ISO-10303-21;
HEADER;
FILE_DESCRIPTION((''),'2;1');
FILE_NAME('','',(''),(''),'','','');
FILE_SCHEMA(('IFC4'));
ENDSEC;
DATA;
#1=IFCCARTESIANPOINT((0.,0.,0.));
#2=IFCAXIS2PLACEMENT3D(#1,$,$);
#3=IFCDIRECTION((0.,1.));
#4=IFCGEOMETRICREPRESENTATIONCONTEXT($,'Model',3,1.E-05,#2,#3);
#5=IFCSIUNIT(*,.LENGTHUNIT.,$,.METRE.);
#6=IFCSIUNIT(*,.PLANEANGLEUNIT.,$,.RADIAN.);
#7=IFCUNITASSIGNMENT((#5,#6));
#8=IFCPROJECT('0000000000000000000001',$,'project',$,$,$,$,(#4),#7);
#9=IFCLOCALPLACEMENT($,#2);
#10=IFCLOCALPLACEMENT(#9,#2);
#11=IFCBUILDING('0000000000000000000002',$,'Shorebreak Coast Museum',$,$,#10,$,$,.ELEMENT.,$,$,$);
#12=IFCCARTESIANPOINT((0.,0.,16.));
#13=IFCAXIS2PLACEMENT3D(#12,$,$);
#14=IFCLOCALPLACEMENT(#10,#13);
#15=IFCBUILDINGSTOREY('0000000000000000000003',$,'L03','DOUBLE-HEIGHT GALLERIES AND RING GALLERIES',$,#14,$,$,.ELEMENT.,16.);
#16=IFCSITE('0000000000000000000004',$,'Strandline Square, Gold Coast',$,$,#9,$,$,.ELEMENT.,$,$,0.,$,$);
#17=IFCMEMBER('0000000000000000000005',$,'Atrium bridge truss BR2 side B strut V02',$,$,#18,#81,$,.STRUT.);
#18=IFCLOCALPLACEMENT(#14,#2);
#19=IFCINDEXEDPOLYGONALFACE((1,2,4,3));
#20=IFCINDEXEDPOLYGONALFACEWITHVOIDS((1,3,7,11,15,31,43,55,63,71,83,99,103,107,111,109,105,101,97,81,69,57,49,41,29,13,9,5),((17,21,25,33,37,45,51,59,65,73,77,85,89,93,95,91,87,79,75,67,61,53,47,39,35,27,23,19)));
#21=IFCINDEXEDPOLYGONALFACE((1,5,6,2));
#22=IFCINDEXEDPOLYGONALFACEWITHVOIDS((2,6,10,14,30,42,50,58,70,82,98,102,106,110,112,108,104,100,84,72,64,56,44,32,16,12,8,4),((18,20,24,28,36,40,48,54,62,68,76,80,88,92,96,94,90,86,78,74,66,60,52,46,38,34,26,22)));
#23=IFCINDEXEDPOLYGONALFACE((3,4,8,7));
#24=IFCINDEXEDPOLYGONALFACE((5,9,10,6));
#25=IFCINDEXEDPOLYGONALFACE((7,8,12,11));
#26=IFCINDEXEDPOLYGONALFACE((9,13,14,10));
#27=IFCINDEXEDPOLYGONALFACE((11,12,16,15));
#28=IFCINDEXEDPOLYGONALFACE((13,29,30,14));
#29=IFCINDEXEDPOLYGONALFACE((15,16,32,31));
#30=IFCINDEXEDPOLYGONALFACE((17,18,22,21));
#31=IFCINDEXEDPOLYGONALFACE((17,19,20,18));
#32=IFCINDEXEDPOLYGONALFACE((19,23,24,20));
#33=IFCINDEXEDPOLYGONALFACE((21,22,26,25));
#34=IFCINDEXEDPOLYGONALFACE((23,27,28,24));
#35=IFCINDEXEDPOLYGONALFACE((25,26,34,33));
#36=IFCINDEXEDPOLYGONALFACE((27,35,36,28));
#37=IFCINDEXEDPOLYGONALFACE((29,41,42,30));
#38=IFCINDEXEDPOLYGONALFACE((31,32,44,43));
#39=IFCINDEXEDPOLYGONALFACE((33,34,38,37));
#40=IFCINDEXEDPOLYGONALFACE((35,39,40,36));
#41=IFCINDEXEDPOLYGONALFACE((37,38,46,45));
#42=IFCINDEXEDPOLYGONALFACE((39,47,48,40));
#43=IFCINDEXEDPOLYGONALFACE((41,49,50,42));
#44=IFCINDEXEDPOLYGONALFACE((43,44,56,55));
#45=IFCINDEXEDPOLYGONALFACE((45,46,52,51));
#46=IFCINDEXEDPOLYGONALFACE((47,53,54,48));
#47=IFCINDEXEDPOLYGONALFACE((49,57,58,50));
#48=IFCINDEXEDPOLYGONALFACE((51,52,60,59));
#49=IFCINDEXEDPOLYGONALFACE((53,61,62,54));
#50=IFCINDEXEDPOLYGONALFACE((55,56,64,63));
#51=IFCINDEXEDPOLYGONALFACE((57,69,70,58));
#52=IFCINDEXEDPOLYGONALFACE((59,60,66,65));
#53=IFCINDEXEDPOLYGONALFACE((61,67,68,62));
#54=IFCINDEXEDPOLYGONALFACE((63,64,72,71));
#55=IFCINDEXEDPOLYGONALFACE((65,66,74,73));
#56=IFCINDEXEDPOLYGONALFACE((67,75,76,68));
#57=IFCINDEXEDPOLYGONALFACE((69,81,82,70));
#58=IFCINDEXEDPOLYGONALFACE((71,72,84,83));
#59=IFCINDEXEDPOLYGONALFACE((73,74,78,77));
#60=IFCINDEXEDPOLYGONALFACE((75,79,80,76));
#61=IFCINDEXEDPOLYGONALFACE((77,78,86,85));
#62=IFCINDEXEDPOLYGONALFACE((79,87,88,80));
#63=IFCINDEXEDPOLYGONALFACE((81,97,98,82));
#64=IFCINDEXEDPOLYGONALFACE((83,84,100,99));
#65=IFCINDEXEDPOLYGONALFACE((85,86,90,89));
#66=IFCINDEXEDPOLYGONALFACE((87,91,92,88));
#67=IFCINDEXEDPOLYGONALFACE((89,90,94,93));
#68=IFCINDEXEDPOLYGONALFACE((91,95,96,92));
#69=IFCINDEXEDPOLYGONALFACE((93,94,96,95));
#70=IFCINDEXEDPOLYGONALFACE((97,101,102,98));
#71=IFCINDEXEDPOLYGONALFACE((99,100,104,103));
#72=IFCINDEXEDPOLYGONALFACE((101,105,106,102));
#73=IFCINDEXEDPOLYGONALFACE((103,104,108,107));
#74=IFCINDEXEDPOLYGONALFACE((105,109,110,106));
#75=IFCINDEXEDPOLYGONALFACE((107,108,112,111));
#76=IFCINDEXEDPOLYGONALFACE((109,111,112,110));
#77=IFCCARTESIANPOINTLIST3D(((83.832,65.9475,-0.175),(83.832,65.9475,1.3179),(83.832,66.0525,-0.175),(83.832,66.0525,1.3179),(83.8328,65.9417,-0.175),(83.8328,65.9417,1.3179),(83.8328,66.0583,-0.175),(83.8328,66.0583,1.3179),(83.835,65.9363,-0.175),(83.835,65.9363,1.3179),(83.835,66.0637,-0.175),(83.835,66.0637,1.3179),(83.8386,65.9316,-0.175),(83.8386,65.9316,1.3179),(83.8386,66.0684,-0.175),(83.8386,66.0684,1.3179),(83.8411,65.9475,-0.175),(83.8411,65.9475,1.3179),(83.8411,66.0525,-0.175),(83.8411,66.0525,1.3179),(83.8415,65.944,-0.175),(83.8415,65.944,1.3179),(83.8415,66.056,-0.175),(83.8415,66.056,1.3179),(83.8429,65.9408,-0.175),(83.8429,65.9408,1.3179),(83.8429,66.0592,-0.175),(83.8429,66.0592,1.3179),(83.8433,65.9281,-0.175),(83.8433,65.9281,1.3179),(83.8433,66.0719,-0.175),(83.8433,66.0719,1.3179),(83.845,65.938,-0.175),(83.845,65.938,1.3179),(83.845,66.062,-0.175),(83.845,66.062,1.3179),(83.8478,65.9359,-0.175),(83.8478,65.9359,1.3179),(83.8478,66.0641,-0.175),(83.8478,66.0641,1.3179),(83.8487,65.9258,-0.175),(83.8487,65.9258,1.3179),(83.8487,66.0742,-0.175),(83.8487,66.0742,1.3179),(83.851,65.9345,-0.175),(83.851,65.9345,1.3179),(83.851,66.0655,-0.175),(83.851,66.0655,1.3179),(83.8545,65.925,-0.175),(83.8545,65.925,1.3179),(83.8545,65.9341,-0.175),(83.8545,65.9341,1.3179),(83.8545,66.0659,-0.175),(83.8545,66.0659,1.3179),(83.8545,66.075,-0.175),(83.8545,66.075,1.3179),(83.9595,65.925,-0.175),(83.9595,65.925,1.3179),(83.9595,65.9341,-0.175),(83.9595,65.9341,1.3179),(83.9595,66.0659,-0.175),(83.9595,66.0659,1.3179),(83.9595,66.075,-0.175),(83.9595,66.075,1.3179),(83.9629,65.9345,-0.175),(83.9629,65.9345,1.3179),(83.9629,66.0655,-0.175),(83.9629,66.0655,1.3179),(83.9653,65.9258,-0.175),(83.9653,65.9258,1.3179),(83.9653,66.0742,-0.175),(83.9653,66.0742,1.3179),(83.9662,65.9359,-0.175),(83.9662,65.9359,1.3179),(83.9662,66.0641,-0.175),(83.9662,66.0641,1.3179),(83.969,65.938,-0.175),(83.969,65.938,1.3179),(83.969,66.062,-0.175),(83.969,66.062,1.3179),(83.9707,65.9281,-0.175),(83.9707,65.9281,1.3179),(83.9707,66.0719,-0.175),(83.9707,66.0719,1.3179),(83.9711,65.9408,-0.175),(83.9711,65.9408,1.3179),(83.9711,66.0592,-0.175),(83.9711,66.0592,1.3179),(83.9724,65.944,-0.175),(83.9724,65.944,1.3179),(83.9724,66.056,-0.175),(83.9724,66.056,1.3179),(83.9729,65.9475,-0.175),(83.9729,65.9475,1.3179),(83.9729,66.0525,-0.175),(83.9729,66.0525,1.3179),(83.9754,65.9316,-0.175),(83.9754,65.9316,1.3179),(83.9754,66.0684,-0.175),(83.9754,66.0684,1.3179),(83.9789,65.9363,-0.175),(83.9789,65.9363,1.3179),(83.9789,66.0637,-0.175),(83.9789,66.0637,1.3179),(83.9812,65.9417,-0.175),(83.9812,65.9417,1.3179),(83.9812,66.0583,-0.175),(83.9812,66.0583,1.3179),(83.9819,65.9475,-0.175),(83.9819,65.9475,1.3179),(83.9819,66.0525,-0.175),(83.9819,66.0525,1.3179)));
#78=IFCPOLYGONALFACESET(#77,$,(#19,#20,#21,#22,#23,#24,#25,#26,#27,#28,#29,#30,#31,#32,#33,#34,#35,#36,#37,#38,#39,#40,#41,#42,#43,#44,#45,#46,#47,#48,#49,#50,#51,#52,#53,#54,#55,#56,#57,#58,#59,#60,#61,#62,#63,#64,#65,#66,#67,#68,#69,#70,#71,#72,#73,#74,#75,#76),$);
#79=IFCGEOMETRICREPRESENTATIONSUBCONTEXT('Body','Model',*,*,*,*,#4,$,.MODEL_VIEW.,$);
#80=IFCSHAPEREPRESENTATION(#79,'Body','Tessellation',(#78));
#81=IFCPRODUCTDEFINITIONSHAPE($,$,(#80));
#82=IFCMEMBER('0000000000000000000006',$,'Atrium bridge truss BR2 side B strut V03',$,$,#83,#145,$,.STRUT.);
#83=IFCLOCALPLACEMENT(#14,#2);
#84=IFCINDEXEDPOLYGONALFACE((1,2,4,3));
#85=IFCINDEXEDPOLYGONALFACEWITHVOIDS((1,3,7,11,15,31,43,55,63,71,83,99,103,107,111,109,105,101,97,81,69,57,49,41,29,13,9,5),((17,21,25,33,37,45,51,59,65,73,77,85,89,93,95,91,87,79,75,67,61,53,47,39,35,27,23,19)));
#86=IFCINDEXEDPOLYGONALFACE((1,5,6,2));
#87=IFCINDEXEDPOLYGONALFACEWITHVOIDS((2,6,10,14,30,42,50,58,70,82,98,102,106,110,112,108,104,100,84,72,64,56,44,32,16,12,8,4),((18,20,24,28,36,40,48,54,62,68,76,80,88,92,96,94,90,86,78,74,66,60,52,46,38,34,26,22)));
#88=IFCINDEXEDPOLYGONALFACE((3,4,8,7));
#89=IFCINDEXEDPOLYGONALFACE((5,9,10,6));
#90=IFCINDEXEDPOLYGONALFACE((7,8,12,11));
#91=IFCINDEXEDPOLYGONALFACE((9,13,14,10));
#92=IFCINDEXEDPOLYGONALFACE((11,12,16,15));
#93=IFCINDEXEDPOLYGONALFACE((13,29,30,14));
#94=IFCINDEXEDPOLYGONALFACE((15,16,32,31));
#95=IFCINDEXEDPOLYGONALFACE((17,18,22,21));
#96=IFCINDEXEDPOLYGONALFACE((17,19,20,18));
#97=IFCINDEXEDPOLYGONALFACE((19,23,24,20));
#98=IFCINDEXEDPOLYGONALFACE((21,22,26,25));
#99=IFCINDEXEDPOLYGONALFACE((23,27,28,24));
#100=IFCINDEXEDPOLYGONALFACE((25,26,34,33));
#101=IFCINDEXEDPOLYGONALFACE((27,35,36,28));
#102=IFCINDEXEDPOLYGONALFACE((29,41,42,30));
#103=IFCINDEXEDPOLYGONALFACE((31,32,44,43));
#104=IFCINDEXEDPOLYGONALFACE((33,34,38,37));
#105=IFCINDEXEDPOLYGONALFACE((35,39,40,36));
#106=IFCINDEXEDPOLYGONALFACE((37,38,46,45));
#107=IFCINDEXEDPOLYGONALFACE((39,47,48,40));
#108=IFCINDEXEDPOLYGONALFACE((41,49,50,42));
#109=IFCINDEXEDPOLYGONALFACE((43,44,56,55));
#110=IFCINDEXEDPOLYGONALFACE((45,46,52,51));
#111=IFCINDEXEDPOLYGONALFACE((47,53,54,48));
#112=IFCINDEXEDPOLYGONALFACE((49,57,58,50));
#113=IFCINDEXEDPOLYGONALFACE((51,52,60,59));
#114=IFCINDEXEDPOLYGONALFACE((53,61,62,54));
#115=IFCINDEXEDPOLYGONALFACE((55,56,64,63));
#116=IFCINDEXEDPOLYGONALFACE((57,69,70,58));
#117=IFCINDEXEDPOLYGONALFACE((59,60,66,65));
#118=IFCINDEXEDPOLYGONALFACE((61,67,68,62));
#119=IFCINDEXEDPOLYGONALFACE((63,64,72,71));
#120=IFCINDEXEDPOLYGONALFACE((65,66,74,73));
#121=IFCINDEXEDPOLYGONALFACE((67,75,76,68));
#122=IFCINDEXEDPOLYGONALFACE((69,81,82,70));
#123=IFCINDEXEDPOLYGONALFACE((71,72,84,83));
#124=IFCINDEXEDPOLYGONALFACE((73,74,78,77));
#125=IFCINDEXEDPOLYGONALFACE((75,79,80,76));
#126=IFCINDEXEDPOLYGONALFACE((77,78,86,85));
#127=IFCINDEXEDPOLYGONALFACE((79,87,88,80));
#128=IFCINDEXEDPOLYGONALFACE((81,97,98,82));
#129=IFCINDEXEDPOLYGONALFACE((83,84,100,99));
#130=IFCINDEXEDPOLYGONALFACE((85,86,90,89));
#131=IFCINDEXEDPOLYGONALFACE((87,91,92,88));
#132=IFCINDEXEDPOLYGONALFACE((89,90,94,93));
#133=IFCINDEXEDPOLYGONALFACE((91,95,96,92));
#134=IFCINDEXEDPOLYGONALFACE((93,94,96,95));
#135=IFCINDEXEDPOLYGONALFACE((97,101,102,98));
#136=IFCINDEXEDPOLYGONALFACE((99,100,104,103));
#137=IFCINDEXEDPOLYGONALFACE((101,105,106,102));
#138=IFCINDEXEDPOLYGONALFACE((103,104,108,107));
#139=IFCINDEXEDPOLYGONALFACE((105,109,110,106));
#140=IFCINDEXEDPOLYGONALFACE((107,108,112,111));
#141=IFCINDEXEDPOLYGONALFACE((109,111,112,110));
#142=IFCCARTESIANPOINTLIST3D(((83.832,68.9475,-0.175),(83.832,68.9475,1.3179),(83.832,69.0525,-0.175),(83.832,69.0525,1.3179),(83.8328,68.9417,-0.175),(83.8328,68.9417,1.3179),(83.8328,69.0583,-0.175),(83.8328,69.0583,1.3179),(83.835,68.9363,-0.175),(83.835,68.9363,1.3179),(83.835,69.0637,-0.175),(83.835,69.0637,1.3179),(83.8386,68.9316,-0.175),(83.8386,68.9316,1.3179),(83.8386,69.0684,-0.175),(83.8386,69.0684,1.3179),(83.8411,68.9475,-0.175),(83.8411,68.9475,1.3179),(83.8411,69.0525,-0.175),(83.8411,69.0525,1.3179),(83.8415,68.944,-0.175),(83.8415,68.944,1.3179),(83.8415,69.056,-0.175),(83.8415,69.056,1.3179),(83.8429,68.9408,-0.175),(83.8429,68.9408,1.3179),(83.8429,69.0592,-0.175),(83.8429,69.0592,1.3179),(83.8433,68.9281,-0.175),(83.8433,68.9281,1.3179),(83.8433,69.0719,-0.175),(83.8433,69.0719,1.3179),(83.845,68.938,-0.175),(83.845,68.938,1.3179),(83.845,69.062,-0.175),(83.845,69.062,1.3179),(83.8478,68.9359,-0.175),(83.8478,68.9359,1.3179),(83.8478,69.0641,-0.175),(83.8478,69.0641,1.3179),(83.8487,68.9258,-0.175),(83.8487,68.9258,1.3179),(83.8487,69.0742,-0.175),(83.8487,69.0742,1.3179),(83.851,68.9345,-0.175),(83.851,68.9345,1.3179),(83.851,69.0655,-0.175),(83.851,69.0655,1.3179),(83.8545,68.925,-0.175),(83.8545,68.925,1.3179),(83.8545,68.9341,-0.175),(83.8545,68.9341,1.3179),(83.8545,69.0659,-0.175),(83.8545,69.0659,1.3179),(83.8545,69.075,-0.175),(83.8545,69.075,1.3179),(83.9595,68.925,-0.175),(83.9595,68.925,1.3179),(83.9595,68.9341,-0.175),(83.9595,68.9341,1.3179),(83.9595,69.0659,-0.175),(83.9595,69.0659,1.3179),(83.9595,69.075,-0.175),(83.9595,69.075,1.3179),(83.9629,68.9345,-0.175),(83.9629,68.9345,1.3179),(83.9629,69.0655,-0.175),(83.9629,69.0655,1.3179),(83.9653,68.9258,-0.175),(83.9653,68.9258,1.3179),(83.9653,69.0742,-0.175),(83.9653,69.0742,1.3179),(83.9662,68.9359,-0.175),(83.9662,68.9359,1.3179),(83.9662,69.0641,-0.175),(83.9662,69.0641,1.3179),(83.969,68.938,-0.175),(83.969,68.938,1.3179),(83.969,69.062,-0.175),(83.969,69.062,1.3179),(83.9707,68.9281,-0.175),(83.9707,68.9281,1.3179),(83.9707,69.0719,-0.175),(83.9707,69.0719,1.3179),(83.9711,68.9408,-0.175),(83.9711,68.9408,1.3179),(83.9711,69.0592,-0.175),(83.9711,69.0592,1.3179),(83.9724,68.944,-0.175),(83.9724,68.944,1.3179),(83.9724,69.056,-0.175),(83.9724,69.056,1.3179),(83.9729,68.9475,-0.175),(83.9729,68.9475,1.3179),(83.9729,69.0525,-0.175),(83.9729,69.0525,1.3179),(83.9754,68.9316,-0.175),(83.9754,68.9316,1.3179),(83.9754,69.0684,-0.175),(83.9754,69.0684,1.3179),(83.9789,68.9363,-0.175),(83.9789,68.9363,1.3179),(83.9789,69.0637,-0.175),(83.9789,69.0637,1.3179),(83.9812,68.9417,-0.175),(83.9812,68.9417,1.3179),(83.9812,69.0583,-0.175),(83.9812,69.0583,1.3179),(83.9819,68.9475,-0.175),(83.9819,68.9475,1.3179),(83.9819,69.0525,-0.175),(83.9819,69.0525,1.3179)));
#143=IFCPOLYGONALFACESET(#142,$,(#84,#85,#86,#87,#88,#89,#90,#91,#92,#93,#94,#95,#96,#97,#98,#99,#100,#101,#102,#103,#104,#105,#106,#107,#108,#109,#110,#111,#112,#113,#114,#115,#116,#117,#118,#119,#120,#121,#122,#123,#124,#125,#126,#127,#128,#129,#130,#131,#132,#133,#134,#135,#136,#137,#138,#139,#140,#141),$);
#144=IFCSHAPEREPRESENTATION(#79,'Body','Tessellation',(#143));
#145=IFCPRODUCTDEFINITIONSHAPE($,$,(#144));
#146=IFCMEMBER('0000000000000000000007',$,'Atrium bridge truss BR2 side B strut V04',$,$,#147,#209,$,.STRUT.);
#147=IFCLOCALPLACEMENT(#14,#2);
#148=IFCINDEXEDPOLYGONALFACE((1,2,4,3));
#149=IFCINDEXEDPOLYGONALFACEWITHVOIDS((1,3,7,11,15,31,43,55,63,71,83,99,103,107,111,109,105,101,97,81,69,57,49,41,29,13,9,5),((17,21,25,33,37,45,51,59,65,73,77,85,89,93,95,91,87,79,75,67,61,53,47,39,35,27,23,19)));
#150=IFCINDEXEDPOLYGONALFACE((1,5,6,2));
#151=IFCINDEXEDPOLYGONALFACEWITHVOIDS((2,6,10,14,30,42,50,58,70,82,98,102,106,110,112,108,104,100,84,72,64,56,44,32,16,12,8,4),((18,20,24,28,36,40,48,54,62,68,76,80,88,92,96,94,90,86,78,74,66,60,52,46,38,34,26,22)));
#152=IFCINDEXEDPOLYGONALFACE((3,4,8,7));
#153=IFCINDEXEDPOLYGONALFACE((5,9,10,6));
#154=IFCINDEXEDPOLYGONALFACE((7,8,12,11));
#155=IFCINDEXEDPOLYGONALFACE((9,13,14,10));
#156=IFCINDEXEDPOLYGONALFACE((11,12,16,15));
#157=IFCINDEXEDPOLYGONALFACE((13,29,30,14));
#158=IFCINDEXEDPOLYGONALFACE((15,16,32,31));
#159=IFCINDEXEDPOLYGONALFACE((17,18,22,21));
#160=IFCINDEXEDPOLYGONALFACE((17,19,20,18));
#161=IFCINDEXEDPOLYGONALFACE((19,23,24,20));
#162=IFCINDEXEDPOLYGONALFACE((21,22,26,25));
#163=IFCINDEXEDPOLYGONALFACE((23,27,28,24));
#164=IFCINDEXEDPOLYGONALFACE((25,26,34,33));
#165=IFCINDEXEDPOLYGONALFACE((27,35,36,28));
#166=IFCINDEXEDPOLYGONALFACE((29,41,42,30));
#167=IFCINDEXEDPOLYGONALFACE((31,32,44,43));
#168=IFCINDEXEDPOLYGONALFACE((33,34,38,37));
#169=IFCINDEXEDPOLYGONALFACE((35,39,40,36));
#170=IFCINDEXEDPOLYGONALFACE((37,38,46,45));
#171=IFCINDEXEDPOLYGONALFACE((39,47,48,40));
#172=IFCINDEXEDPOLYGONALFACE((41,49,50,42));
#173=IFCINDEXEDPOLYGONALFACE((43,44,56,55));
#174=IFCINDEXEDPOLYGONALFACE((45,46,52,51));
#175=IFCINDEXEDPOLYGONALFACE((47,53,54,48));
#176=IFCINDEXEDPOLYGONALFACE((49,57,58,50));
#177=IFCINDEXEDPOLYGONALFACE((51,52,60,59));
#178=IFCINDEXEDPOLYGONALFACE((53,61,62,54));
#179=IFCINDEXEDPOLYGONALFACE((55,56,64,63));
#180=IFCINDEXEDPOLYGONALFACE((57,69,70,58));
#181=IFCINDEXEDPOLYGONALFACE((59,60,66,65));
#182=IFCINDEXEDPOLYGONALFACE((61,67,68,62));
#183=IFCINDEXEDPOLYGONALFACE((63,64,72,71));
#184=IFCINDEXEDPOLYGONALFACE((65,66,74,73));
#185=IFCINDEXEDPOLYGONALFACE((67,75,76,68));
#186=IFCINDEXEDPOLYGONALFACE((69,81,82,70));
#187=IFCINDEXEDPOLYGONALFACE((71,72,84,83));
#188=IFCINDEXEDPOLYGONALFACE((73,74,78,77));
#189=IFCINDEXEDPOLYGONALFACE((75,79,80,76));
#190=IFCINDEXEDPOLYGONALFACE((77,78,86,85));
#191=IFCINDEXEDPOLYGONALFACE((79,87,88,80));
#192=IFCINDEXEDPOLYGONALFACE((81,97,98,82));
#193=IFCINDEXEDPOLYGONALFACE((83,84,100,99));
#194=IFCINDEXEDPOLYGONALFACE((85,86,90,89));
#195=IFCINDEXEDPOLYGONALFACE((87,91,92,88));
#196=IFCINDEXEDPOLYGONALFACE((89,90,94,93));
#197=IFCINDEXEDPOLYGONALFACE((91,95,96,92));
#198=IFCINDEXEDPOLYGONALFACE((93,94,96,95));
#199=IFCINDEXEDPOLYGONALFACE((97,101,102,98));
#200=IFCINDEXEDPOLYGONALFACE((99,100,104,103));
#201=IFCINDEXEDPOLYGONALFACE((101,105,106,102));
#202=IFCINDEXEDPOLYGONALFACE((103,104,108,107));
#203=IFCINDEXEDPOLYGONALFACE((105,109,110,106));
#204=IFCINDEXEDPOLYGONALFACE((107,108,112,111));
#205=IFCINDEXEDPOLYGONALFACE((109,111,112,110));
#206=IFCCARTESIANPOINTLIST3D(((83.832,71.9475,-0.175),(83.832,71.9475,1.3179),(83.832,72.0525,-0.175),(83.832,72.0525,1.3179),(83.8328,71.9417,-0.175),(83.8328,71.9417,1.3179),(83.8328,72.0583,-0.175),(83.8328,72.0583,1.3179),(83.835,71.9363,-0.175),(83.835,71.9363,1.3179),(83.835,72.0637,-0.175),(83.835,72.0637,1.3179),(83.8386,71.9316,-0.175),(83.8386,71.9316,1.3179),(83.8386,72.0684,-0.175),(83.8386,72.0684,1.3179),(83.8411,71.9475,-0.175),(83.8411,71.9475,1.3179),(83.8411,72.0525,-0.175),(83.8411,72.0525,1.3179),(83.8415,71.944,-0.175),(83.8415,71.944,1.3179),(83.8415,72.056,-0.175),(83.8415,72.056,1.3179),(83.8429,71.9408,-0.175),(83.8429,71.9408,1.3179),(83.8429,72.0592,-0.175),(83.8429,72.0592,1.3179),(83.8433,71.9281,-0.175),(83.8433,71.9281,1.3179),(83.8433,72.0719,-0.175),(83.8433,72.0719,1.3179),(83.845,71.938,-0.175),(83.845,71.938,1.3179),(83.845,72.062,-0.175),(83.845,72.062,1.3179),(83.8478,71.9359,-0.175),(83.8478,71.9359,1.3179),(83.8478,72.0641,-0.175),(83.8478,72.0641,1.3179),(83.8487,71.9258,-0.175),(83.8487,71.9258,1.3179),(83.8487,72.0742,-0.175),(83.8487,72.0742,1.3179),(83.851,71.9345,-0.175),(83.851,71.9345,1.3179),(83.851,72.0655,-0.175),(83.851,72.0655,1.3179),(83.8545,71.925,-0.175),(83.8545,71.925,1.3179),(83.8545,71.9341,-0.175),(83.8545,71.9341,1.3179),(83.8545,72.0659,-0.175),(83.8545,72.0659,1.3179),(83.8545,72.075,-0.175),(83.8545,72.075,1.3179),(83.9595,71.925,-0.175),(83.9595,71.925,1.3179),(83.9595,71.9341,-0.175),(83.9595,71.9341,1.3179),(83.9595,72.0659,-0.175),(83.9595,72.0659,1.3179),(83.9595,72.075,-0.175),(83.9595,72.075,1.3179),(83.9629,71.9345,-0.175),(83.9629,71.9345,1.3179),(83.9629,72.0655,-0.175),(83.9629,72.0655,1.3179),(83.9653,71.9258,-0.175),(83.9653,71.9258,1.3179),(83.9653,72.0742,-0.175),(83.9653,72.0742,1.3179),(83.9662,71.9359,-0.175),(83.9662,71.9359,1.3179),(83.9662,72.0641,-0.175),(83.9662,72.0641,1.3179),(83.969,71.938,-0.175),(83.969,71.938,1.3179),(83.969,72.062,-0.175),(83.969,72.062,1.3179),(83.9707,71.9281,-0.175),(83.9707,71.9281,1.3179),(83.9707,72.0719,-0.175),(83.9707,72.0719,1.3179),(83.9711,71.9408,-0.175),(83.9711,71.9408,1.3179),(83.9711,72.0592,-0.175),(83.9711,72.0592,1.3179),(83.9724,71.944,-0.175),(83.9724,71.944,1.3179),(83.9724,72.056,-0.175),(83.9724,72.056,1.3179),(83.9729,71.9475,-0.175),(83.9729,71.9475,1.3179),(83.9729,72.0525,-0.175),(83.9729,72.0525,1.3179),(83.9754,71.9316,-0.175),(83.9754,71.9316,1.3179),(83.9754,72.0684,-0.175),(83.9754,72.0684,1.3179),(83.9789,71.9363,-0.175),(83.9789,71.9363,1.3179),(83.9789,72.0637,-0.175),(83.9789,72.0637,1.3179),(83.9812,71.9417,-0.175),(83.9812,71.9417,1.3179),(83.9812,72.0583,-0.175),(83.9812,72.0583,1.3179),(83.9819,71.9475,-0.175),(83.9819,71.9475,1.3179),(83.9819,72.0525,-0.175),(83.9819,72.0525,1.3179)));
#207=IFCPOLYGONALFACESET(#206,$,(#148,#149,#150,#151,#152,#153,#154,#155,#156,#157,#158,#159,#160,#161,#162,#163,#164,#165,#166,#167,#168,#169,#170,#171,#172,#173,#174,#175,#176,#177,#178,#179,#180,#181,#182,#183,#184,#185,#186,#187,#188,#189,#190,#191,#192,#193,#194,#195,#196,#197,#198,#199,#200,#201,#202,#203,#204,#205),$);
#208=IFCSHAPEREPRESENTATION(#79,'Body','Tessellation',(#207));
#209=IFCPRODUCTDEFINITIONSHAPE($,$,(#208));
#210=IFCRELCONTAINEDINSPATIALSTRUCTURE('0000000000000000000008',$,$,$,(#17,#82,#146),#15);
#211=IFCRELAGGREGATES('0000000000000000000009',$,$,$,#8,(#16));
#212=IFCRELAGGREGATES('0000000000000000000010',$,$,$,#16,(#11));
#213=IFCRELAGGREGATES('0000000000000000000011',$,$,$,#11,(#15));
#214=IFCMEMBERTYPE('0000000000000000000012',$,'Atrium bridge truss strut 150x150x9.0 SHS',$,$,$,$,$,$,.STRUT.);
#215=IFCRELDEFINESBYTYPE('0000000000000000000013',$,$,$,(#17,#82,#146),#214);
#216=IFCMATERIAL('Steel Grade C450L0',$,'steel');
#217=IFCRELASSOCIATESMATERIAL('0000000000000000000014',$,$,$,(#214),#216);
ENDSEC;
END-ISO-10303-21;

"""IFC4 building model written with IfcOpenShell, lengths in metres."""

from ifc_helpers import new_model, si_unit, direction, frame, origin, origin_2d, place, context, subcontext, project, spatial, hollow_rectangle, extrude, material, material_profile, profile_set, type_object, element, save


model = new_model("IFC4")

# Units and contexts
model_context = context("Model", 3, precision=1e-05, world=origin(), true_north=direction((0.0, 1.0)))
body_context = subcontext(model_context, "Body", "Model", "MODEL_VIEW")
ifc_project = project(units=[si_unit("LENGTHUNIT", "METRE"), si_unit("PLANEANGLEUNIT", "RADIAN")], contexts=[model_context])

# Site, building, storey
site_placement = place(None, origin())
site = spatial("IfcSite", under=ifc_project, at=site_placement, Name="Strandline Square, Gold Coast", CompositionType="ELEMENT", RefElevation=0.0)
building_placement = place(site_placement, origin())
building = spatial("IfcBuilding", under=site, at=building_placement, Name="Shorebreak Coast Museum", CompositionType="ELEMENT")
storey_placement = place(building_placement, frame((0.0, 0.0, 16.0)))
storey = spatial("IfcBuildingStorey", under=building, at=storey_placement, Name="L03", Description="DOUBLE-HEIGHT GALLERIES AND RING GALLERIES", CompositionType="ELEMENT", Elevation=16.0)

# Members
ifc_material_1 = material(Name="Steel Grade C450L0", Category="steel")
ifc_material_profile_1 = material_profile(ifc_material_1, hollow_rectangle(XDim=0.1499, YDim=0.1499, WallThickness=0.009, InnerFilletRadius=0.0134, OuterFilletRadius=0.0225, at=origin_2d()), Name="150x150x9.0 SHS")
ifc_profile_set_1 = profile_set([ifc_material_profile_1], Name="Steel Grade C450L0")
member_type_1 = type_object("IfcMemberType", Name="Atrium bridge truss strut 150x150x9.0 SHS", PredefinedType="STRUT", material=ifc_profile_set_1)
for number, where, z_axis, x_axis, name in (
    (1, (83.907, 66.0, -0.175), (0.0, 0.0, 1.0), (1.0, 0.0, 0.0), "Atrium bridge truss BR2 side B strut V02"),
    (2, (83.907, 69.0, -0.175), (0.0, 0.0, 1.0), (1.0, 0.0, 0.0), "Atrium bridge truss BR2 side B strut V03"),
    (3, (83.907, 72.0, -0.175), (0.0, 0.0, 1.0), (1.0, 0.0, 0.0), "Atrium bridge truss BR2 side B strut V04"),
):
    element("IfcMember", number, at=place(storey_placement, frame(where, z_axis=z_axis, x_axis=x_axis)), inside=storey, type_object=member_type_1, Name=name, PredefinedType="STRUT", context=body_context, shape_type="SweptSolid", body=[
        extrude(hollow_rectangle(XDim=0.1499, YDim=0.1499, WallThickness=0.009, InnerFilletRadius=0.0134, OuterFilletRadius=0.0225, at=origin_2d()), origin(), (0.0, 0.0, 1.0), 1.4929),
    ])

save(model, "model.ifc")
